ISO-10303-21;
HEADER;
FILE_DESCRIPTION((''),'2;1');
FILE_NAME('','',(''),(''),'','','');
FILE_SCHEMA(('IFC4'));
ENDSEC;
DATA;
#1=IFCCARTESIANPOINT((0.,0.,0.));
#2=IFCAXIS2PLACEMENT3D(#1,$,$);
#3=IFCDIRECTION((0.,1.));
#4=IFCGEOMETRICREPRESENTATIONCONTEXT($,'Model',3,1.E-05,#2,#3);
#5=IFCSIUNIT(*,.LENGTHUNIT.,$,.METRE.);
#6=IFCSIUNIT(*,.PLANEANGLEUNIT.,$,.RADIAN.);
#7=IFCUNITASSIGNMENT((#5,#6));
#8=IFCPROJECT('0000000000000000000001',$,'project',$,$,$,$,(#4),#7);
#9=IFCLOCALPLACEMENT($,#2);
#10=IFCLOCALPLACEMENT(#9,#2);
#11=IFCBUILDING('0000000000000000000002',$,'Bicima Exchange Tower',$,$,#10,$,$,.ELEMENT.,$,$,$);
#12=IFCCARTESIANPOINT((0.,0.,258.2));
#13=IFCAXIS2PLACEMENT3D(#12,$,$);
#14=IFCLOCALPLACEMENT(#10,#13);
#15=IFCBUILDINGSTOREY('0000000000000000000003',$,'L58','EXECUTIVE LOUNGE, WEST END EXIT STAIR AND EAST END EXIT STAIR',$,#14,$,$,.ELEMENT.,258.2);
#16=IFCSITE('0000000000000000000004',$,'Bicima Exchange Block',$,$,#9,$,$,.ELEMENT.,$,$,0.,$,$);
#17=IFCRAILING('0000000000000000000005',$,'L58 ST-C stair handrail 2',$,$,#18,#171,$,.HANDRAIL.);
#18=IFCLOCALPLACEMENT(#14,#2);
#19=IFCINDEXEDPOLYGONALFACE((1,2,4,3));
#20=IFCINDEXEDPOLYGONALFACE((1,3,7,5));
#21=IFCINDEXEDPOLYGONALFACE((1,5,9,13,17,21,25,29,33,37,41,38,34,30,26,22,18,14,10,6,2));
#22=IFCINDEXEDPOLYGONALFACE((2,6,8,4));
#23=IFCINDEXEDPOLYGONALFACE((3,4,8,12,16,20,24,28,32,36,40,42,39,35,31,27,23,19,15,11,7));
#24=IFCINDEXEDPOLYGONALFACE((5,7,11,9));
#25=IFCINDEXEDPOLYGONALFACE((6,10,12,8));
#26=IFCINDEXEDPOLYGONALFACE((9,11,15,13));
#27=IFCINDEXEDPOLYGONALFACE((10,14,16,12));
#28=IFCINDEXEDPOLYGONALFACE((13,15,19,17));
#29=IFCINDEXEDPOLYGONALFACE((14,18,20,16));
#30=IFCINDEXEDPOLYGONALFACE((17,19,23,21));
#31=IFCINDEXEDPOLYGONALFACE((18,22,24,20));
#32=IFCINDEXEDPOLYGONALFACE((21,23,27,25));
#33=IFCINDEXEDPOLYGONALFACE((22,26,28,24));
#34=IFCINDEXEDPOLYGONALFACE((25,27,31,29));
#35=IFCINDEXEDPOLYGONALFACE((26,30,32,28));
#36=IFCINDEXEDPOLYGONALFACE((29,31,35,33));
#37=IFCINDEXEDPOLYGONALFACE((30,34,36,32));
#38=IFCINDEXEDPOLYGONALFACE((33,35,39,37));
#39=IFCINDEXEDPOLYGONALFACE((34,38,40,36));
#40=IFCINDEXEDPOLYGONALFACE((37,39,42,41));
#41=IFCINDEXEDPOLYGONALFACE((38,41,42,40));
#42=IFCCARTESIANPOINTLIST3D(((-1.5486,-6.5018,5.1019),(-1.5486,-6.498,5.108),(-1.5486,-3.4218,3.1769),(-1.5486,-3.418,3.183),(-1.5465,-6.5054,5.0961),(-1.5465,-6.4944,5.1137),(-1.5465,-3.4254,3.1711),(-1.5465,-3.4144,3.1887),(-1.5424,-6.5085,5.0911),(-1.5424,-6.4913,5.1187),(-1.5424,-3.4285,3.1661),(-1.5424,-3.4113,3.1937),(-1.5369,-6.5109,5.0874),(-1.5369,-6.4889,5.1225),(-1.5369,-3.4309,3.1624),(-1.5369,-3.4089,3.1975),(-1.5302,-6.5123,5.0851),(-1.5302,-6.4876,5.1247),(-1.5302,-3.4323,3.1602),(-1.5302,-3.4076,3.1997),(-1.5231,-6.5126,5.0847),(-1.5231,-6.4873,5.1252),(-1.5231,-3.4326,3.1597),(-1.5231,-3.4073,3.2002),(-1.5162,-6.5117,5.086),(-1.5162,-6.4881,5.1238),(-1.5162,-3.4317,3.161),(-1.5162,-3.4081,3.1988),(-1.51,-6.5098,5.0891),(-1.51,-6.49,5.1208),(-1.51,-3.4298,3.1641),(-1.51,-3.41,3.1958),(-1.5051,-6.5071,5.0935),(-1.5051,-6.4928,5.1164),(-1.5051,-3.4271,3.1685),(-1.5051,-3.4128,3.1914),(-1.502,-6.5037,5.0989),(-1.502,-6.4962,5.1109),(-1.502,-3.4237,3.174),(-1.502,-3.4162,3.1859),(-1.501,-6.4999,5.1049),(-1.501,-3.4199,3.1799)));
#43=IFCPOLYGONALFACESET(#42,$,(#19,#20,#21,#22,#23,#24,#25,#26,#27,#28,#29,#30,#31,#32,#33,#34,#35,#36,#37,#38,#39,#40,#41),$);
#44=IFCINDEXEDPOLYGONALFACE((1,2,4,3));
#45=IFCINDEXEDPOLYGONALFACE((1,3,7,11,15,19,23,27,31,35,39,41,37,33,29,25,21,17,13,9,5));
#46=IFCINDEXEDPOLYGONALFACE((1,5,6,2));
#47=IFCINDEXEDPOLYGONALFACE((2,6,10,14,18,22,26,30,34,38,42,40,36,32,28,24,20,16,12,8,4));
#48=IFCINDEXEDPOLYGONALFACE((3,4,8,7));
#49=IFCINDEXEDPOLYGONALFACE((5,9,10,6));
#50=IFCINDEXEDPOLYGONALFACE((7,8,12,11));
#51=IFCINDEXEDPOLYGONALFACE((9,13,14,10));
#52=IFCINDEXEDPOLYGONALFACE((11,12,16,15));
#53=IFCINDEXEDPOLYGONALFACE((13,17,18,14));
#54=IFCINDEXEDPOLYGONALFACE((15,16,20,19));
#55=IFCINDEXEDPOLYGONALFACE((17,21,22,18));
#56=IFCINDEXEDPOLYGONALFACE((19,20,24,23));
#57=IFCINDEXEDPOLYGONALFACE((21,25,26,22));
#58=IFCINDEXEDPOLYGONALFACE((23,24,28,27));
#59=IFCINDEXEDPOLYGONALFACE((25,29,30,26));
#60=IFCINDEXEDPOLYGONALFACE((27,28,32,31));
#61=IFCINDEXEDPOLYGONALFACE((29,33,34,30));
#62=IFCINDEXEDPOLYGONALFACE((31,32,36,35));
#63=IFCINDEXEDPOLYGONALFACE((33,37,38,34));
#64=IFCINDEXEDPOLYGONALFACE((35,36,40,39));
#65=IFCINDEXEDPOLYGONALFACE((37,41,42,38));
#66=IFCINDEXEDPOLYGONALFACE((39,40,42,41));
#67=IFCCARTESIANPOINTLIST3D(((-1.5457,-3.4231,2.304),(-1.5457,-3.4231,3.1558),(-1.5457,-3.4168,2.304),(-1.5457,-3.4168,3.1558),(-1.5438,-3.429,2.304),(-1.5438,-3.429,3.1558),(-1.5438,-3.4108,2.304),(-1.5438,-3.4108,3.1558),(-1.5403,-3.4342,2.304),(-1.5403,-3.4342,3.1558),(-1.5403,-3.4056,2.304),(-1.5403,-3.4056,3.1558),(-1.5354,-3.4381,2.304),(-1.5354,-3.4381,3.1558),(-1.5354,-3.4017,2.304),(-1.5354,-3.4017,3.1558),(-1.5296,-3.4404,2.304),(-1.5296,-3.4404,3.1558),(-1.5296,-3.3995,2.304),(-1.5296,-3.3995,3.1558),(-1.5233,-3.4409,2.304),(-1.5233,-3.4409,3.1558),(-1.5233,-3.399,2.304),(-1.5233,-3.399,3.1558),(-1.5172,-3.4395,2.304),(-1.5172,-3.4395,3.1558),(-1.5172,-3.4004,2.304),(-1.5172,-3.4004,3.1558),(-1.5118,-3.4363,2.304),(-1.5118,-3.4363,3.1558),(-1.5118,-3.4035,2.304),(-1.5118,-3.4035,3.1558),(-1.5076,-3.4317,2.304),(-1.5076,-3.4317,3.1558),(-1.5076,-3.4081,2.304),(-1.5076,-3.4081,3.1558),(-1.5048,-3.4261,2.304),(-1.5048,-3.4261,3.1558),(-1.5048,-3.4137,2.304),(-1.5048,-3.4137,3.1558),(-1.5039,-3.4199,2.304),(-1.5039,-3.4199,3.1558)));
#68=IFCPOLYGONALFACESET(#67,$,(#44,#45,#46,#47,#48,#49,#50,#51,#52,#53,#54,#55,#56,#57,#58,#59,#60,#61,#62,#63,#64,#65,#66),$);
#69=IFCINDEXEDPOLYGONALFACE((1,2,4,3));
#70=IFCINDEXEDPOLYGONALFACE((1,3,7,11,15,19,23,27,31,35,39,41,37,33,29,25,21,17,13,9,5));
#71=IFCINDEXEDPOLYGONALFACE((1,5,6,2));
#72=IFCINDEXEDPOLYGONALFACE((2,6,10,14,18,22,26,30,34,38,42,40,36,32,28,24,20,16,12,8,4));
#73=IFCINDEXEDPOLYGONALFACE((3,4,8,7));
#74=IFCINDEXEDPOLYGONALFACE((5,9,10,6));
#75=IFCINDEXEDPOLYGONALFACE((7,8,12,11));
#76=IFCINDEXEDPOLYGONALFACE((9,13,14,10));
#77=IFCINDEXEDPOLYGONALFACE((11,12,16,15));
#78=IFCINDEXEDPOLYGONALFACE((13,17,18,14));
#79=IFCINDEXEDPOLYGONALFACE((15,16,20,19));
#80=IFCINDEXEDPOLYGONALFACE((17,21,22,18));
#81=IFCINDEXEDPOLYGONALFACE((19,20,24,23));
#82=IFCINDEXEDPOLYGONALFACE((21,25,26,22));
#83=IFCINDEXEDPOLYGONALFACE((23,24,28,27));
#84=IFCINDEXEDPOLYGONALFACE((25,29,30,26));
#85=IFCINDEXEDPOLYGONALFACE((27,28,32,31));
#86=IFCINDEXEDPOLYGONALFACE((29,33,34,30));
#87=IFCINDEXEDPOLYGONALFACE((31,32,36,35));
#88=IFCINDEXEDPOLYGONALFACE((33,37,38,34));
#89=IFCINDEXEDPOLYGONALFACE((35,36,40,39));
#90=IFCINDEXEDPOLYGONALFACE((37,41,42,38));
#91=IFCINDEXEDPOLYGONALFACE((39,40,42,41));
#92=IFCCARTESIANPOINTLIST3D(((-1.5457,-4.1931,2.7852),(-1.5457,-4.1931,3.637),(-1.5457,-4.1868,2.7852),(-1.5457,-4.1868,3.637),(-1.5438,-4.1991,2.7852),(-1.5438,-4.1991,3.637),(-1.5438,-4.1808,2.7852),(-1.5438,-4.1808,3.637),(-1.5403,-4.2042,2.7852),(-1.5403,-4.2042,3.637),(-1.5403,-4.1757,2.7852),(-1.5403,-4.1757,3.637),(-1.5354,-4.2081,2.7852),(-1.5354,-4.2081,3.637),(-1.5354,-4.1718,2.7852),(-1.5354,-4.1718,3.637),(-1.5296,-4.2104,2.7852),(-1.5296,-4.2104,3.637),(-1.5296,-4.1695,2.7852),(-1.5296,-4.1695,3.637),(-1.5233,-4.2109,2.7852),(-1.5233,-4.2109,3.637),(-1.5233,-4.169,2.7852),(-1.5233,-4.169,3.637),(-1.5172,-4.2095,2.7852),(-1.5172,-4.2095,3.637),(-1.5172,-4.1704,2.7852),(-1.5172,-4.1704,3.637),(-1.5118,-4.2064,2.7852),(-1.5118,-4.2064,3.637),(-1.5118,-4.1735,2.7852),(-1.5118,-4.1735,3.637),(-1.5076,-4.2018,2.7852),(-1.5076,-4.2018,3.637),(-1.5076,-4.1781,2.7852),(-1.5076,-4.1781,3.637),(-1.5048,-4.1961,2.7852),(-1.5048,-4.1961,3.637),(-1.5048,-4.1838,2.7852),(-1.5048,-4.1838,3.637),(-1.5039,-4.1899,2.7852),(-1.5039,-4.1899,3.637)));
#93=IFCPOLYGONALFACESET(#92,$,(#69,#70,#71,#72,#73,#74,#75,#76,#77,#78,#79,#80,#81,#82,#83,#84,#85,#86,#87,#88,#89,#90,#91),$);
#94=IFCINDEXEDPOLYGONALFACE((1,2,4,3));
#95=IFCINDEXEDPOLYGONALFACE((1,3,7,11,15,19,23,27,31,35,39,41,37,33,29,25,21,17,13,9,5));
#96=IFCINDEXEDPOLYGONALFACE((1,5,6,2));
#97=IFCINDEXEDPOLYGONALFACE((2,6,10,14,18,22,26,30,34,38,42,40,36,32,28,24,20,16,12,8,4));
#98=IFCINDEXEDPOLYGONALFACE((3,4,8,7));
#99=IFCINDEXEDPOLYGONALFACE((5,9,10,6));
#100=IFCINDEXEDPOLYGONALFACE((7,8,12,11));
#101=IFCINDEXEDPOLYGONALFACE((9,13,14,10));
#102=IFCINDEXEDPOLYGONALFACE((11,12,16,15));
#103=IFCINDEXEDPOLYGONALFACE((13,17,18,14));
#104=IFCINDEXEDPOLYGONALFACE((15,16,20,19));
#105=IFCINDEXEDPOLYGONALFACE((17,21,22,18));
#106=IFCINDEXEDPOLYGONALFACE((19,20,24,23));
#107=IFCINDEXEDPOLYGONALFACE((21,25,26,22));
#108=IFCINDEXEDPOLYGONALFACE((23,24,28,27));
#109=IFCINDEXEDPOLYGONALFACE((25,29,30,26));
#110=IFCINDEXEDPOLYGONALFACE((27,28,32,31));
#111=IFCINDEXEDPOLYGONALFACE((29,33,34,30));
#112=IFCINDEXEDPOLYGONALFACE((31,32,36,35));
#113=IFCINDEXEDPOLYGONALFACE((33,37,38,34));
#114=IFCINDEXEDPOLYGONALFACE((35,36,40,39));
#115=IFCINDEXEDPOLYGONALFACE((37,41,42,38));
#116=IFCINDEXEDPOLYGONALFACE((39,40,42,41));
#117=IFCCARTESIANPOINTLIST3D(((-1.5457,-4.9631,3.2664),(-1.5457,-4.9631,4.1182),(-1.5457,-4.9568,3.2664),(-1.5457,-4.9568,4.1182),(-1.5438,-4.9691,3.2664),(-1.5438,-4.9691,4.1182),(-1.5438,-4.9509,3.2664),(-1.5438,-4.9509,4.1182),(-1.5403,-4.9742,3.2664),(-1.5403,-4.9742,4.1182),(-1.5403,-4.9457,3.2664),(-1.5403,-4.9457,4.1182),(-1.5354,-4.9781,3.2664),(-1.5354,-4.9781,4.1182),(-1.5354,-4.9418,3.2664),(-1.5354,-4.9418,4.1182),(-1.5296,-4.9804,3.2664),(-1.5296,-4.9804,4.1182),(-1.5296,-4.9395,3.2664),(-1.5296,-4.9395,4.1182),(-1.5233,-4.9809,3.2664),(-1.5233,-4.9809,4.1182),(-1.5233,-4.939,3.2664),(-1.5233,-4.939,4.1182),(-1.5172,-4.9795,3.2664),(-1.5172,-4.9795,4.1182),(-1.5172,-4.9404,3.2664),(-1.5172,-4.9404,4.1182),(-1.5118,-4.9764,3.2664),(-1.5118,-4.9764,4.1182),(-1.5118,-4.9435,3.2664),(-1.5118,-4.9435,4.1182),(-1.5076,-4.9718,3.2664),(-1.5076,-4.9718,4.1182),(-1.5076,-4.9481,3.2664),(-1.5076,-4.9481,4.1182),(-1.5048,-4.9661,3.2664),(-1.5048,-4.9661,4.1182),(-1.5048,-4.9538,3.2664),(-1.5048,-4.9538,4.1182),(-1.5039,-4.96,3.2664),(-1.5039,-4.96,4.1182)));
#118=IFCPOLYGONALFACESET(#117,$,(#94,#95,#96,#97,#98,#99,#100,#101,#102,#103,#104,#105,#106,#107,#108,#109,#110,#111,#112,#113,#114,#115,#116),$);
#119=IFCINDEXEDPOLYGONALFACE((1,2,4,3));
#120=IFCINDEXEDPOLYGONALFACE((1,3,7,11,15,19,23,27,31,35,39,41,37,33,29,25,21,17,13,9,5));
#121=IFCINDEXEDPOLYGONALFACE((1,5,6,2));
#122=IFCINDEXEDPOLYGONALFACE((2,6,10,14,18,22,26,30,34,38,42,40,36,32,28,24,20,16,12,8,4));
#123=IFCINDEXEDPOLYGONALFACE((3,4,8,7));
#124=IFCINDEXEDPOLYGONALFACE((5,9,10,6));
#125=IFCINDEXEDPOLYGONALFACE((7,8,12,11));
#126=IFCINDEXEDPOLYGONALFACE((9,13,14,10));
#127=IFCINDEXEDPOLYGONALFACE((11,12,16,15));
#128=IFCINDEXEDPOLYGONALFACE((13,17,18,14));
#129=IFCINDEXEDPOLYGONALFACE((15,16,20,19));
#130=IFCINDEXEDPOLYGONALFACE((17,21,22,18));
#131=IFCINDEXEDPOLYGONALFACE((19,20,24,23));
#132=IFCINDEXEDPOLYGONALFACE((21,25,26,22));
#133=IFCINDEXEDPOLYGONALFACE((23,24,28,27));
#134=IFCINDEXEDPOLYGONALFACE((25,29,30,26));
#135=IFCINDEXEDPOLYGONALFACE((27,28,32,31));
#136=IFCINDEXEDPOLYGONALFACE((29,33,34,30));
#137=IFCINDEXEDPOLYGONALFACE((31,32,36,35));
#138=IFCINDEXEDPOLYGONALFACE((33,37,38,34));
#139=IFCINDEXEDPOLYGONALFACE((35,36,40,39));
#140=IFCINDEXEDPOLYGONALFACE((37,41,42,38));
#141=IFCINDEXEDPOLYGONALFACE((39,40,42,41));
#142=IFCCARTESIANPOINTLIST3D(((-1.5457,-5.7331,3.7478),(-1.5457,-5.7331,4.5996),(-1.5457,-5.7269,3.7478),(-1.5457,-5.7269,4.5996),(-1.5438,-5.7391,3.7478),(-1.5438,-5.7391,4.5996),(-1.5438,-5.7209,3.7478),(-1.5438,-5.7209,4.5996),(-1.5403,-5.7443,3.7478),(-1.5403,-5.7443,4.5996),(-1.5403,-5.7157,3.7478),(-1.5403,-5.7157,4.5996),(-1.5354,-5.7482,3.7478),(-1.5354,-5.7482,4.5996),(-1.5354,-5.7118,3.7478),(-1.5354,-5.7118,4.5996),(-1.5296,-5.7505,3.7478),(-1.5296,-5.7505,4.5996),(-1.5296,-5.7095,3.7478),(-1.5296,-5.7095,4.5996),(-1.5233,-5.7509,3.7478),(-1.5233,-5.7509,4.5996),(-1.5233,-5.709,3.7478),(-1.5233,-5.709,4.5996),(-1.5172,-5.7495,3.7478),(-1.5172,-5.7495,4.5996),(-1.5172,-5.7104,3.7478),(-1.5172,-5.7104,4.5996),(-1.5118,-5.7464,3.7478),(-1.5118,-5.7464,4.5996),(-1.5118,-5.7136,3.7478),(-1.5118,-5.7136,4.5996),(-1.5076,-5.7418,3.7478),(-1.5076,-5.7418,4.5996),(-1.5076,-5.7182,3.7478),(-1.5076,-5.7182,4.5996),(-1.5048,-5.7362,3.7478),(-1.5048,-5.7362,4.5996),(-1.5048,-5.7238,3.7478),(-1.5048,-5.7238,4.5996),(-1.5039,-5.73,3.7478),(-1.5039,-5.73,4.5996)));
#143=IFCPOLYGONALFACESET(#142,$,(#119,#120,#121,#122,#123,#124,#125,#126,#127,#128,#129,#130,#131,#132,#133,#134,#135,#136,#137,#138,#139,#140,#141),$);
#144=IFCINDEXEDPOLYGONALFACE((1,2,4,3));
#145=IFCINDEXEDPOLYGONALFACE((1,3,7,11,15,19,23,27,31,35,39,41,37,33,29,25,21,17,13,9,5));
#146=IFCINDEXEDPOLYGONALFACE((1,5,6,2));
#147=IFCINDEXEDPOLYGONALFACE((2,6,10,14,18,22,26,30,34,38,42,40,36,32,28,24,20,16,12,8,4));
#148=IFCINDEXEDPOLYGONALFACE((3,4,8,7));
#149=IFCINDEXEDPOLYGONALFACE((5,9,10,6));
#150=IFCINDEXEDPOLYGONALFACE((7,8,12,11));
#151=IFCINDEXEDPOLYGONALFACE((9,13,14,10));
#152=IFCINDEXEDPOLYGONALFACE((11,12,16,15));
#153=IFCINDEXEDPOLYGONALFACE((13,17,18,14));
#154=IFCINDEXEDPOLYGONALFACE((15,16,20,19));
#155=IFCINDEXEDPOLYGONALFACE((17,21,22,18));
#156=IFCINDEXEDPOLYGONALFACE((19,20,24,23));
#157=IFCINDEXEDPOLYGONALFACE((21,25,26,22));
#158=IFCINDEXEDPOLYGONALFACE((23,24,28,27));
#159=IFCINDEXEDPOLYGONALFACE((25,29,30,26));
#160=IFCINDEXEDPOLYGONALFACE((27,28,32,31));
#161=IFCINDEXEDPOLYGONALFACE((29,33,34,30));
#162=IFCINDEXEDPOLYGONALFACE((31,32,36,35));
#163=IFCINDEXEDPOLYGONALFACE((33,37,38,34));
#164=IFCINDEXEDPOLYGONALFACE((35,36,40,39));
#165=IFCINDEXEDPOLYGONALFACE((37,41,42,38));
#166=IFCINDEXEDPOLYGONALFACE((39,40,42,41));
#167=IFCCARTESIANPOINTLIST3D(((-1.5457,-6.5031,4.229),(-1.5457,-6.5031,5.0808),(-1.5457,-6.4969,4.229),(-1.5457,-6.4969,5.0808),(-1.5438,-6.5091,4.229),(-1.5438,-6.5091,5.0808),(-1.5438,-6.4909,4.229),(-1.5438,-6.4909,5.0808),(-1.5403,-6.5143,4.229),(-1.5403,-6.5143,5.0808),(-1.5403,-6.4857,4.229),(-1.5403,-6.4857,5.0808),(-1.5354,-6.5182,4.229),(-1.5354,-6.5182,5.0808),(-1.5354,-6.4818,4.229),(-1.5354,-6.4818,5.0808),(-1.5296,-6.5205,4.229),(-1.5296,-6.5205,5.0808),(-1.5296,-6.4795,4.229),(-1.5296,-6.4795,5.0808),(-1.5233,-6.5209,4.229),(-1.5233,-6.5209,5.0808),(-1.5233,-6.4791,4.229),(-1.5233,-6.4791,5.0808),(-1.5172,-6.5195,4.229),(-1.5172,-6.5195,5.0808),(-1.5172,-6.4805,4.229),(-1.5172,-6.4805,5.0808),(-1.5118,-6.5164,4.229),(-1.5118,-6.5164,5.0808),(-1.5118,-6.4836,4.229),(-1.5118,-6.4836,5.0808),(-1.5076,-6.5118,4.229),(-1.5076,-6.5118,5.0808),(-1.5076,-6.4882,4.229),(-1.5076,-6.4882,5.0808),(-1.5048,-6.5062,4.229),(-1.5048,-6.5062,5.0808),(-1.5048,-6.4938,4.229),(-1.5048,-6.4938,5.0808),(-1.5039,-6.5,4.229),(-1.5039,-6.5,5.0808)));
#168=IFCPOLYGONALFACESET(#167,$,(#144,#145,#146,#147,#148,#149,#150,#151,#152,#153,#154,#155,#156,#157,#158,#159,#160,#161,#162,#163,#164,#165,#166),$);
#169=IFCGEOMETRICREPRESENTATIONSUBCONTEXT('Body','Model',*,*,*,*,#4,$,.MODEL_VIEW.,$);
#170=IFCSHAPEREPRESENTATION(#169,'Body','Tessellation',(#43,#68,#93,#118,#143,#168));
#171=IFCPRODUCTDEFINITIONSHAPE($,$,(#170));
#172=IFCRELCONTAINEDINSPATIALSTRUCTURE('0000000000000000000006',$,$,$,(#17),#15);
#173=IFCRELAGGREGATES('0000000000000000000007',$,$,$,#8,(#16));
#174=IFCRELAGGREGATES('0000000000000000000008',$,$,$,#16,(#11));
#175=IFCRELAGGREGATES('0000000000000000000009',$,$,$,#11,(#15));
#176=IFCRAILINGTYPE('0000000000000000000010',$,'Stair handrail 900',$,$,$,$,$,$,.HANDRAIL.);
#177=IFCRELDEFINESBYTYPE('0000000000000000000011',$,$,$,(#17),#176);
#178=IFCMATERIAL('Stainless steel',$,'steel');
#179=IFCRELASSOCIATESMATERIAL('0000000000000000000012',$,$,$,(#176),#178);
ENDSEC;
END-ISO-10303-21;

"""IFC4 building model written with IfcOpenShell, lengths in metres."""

from ifc_helpers import new_model, si_unit, direction, frame, origin, origin_2d, place, context, subcontext, project, spatial, circle, extrude, material, type_object, element, save


model = new_model("IFC4")

# Units and contexts
model_context = context("Model", 3, precision=1e-05, world=origin(), true_north=direction((0.0, 1.0)))
body_context = subcontext(model_context, "Body", "Model", "MODEL_VIEW")
ifc_project = project(units=[si_unit("LENGTHUNIT", "METRE"), si_unit("PLANEANGLEUNIT", "RADIAN")], contexts=[model_context])

# Site, building, storey
site_placement = place(None, origin())
site = spatial("IfcSite", under=ifc_project, at=site_placement, Name="Bicima Exchange Block", CompositionType="ELEMENT", RefElevation=0.0)
building_placement = place(site_placement, origin())
building = spatial("IfcBuilding", under=site, at=building_placement, Name="Bicima Exchange Tower", CompositionType="ELEMENT")
storey_placement = place(building_placement, frame((0.0, 0.0, 258.2)))
storey = spatial("IfcBuildingStorey", under=building, at=storey_placement, Name="L58", Description="EXECUTIVE LOUNGE, WEST END EXIT STAIR AND EAST END EXIT STAIR", CompositionType="ELEMENT", Elevation=258.2)

# Railing
ifc_material_1 = material(Name="Stainless steel", Category="steel")
railing_type = type_object("IfcRailingType", Name="Stair handrail 900", PredefinedType="HANDRAIL", material=ifc_material_1)
railing_placement = place(storey_placement, frame((-1.5249, -3.4199, 2.304)))
element("IfcRailing", 1, at=railing_placement, inside=storey, type_object=railing_type, Name="L58 ST-C stair handrail 2", PredefinedType="HANDRAIL", context=body_context, shape_type="SweptSolid", body=[
    extrude(circle(Radius=0.0239, at=origin_2d()), frame((0.0, 0.0, 0.876), z_axis=(0.0, -0.847998, 0.529999), x_axis=(1.0, 0.0, 0.0)), (0.0, 0.0, 1.0), 3.6321),
    extrude(circle(Radius=0.021, at=origin_2d()), origin(), (0.0, 0.0, 1.0), 0.8518),
    extrude(circle(Radius=0.021, at=origin_2d()), frame((0.0, -0.77, 0.4812)), (0.0, 0.0, 1.0), 0.8518),
    extrude(circle(Radius=0.021, at=origin_2d()), frame((0.0, -1.54, 0.9624)), (0.0, 0.0, 1.0), 0.8518),
    extrude(circle(Radius=0.021, at=origin_2d()), frame((0.0, -2.3101, 1.4438)), (0.0, 0.0, 1.0), 0.8518),
    extrude(circle(Radius=0.021, at=origin_2d()), frame((0.0, -3.0801, 1.925)), (0.0, 0.0, 1.0), 0.8518),
])

save(model, "model.ifc")
